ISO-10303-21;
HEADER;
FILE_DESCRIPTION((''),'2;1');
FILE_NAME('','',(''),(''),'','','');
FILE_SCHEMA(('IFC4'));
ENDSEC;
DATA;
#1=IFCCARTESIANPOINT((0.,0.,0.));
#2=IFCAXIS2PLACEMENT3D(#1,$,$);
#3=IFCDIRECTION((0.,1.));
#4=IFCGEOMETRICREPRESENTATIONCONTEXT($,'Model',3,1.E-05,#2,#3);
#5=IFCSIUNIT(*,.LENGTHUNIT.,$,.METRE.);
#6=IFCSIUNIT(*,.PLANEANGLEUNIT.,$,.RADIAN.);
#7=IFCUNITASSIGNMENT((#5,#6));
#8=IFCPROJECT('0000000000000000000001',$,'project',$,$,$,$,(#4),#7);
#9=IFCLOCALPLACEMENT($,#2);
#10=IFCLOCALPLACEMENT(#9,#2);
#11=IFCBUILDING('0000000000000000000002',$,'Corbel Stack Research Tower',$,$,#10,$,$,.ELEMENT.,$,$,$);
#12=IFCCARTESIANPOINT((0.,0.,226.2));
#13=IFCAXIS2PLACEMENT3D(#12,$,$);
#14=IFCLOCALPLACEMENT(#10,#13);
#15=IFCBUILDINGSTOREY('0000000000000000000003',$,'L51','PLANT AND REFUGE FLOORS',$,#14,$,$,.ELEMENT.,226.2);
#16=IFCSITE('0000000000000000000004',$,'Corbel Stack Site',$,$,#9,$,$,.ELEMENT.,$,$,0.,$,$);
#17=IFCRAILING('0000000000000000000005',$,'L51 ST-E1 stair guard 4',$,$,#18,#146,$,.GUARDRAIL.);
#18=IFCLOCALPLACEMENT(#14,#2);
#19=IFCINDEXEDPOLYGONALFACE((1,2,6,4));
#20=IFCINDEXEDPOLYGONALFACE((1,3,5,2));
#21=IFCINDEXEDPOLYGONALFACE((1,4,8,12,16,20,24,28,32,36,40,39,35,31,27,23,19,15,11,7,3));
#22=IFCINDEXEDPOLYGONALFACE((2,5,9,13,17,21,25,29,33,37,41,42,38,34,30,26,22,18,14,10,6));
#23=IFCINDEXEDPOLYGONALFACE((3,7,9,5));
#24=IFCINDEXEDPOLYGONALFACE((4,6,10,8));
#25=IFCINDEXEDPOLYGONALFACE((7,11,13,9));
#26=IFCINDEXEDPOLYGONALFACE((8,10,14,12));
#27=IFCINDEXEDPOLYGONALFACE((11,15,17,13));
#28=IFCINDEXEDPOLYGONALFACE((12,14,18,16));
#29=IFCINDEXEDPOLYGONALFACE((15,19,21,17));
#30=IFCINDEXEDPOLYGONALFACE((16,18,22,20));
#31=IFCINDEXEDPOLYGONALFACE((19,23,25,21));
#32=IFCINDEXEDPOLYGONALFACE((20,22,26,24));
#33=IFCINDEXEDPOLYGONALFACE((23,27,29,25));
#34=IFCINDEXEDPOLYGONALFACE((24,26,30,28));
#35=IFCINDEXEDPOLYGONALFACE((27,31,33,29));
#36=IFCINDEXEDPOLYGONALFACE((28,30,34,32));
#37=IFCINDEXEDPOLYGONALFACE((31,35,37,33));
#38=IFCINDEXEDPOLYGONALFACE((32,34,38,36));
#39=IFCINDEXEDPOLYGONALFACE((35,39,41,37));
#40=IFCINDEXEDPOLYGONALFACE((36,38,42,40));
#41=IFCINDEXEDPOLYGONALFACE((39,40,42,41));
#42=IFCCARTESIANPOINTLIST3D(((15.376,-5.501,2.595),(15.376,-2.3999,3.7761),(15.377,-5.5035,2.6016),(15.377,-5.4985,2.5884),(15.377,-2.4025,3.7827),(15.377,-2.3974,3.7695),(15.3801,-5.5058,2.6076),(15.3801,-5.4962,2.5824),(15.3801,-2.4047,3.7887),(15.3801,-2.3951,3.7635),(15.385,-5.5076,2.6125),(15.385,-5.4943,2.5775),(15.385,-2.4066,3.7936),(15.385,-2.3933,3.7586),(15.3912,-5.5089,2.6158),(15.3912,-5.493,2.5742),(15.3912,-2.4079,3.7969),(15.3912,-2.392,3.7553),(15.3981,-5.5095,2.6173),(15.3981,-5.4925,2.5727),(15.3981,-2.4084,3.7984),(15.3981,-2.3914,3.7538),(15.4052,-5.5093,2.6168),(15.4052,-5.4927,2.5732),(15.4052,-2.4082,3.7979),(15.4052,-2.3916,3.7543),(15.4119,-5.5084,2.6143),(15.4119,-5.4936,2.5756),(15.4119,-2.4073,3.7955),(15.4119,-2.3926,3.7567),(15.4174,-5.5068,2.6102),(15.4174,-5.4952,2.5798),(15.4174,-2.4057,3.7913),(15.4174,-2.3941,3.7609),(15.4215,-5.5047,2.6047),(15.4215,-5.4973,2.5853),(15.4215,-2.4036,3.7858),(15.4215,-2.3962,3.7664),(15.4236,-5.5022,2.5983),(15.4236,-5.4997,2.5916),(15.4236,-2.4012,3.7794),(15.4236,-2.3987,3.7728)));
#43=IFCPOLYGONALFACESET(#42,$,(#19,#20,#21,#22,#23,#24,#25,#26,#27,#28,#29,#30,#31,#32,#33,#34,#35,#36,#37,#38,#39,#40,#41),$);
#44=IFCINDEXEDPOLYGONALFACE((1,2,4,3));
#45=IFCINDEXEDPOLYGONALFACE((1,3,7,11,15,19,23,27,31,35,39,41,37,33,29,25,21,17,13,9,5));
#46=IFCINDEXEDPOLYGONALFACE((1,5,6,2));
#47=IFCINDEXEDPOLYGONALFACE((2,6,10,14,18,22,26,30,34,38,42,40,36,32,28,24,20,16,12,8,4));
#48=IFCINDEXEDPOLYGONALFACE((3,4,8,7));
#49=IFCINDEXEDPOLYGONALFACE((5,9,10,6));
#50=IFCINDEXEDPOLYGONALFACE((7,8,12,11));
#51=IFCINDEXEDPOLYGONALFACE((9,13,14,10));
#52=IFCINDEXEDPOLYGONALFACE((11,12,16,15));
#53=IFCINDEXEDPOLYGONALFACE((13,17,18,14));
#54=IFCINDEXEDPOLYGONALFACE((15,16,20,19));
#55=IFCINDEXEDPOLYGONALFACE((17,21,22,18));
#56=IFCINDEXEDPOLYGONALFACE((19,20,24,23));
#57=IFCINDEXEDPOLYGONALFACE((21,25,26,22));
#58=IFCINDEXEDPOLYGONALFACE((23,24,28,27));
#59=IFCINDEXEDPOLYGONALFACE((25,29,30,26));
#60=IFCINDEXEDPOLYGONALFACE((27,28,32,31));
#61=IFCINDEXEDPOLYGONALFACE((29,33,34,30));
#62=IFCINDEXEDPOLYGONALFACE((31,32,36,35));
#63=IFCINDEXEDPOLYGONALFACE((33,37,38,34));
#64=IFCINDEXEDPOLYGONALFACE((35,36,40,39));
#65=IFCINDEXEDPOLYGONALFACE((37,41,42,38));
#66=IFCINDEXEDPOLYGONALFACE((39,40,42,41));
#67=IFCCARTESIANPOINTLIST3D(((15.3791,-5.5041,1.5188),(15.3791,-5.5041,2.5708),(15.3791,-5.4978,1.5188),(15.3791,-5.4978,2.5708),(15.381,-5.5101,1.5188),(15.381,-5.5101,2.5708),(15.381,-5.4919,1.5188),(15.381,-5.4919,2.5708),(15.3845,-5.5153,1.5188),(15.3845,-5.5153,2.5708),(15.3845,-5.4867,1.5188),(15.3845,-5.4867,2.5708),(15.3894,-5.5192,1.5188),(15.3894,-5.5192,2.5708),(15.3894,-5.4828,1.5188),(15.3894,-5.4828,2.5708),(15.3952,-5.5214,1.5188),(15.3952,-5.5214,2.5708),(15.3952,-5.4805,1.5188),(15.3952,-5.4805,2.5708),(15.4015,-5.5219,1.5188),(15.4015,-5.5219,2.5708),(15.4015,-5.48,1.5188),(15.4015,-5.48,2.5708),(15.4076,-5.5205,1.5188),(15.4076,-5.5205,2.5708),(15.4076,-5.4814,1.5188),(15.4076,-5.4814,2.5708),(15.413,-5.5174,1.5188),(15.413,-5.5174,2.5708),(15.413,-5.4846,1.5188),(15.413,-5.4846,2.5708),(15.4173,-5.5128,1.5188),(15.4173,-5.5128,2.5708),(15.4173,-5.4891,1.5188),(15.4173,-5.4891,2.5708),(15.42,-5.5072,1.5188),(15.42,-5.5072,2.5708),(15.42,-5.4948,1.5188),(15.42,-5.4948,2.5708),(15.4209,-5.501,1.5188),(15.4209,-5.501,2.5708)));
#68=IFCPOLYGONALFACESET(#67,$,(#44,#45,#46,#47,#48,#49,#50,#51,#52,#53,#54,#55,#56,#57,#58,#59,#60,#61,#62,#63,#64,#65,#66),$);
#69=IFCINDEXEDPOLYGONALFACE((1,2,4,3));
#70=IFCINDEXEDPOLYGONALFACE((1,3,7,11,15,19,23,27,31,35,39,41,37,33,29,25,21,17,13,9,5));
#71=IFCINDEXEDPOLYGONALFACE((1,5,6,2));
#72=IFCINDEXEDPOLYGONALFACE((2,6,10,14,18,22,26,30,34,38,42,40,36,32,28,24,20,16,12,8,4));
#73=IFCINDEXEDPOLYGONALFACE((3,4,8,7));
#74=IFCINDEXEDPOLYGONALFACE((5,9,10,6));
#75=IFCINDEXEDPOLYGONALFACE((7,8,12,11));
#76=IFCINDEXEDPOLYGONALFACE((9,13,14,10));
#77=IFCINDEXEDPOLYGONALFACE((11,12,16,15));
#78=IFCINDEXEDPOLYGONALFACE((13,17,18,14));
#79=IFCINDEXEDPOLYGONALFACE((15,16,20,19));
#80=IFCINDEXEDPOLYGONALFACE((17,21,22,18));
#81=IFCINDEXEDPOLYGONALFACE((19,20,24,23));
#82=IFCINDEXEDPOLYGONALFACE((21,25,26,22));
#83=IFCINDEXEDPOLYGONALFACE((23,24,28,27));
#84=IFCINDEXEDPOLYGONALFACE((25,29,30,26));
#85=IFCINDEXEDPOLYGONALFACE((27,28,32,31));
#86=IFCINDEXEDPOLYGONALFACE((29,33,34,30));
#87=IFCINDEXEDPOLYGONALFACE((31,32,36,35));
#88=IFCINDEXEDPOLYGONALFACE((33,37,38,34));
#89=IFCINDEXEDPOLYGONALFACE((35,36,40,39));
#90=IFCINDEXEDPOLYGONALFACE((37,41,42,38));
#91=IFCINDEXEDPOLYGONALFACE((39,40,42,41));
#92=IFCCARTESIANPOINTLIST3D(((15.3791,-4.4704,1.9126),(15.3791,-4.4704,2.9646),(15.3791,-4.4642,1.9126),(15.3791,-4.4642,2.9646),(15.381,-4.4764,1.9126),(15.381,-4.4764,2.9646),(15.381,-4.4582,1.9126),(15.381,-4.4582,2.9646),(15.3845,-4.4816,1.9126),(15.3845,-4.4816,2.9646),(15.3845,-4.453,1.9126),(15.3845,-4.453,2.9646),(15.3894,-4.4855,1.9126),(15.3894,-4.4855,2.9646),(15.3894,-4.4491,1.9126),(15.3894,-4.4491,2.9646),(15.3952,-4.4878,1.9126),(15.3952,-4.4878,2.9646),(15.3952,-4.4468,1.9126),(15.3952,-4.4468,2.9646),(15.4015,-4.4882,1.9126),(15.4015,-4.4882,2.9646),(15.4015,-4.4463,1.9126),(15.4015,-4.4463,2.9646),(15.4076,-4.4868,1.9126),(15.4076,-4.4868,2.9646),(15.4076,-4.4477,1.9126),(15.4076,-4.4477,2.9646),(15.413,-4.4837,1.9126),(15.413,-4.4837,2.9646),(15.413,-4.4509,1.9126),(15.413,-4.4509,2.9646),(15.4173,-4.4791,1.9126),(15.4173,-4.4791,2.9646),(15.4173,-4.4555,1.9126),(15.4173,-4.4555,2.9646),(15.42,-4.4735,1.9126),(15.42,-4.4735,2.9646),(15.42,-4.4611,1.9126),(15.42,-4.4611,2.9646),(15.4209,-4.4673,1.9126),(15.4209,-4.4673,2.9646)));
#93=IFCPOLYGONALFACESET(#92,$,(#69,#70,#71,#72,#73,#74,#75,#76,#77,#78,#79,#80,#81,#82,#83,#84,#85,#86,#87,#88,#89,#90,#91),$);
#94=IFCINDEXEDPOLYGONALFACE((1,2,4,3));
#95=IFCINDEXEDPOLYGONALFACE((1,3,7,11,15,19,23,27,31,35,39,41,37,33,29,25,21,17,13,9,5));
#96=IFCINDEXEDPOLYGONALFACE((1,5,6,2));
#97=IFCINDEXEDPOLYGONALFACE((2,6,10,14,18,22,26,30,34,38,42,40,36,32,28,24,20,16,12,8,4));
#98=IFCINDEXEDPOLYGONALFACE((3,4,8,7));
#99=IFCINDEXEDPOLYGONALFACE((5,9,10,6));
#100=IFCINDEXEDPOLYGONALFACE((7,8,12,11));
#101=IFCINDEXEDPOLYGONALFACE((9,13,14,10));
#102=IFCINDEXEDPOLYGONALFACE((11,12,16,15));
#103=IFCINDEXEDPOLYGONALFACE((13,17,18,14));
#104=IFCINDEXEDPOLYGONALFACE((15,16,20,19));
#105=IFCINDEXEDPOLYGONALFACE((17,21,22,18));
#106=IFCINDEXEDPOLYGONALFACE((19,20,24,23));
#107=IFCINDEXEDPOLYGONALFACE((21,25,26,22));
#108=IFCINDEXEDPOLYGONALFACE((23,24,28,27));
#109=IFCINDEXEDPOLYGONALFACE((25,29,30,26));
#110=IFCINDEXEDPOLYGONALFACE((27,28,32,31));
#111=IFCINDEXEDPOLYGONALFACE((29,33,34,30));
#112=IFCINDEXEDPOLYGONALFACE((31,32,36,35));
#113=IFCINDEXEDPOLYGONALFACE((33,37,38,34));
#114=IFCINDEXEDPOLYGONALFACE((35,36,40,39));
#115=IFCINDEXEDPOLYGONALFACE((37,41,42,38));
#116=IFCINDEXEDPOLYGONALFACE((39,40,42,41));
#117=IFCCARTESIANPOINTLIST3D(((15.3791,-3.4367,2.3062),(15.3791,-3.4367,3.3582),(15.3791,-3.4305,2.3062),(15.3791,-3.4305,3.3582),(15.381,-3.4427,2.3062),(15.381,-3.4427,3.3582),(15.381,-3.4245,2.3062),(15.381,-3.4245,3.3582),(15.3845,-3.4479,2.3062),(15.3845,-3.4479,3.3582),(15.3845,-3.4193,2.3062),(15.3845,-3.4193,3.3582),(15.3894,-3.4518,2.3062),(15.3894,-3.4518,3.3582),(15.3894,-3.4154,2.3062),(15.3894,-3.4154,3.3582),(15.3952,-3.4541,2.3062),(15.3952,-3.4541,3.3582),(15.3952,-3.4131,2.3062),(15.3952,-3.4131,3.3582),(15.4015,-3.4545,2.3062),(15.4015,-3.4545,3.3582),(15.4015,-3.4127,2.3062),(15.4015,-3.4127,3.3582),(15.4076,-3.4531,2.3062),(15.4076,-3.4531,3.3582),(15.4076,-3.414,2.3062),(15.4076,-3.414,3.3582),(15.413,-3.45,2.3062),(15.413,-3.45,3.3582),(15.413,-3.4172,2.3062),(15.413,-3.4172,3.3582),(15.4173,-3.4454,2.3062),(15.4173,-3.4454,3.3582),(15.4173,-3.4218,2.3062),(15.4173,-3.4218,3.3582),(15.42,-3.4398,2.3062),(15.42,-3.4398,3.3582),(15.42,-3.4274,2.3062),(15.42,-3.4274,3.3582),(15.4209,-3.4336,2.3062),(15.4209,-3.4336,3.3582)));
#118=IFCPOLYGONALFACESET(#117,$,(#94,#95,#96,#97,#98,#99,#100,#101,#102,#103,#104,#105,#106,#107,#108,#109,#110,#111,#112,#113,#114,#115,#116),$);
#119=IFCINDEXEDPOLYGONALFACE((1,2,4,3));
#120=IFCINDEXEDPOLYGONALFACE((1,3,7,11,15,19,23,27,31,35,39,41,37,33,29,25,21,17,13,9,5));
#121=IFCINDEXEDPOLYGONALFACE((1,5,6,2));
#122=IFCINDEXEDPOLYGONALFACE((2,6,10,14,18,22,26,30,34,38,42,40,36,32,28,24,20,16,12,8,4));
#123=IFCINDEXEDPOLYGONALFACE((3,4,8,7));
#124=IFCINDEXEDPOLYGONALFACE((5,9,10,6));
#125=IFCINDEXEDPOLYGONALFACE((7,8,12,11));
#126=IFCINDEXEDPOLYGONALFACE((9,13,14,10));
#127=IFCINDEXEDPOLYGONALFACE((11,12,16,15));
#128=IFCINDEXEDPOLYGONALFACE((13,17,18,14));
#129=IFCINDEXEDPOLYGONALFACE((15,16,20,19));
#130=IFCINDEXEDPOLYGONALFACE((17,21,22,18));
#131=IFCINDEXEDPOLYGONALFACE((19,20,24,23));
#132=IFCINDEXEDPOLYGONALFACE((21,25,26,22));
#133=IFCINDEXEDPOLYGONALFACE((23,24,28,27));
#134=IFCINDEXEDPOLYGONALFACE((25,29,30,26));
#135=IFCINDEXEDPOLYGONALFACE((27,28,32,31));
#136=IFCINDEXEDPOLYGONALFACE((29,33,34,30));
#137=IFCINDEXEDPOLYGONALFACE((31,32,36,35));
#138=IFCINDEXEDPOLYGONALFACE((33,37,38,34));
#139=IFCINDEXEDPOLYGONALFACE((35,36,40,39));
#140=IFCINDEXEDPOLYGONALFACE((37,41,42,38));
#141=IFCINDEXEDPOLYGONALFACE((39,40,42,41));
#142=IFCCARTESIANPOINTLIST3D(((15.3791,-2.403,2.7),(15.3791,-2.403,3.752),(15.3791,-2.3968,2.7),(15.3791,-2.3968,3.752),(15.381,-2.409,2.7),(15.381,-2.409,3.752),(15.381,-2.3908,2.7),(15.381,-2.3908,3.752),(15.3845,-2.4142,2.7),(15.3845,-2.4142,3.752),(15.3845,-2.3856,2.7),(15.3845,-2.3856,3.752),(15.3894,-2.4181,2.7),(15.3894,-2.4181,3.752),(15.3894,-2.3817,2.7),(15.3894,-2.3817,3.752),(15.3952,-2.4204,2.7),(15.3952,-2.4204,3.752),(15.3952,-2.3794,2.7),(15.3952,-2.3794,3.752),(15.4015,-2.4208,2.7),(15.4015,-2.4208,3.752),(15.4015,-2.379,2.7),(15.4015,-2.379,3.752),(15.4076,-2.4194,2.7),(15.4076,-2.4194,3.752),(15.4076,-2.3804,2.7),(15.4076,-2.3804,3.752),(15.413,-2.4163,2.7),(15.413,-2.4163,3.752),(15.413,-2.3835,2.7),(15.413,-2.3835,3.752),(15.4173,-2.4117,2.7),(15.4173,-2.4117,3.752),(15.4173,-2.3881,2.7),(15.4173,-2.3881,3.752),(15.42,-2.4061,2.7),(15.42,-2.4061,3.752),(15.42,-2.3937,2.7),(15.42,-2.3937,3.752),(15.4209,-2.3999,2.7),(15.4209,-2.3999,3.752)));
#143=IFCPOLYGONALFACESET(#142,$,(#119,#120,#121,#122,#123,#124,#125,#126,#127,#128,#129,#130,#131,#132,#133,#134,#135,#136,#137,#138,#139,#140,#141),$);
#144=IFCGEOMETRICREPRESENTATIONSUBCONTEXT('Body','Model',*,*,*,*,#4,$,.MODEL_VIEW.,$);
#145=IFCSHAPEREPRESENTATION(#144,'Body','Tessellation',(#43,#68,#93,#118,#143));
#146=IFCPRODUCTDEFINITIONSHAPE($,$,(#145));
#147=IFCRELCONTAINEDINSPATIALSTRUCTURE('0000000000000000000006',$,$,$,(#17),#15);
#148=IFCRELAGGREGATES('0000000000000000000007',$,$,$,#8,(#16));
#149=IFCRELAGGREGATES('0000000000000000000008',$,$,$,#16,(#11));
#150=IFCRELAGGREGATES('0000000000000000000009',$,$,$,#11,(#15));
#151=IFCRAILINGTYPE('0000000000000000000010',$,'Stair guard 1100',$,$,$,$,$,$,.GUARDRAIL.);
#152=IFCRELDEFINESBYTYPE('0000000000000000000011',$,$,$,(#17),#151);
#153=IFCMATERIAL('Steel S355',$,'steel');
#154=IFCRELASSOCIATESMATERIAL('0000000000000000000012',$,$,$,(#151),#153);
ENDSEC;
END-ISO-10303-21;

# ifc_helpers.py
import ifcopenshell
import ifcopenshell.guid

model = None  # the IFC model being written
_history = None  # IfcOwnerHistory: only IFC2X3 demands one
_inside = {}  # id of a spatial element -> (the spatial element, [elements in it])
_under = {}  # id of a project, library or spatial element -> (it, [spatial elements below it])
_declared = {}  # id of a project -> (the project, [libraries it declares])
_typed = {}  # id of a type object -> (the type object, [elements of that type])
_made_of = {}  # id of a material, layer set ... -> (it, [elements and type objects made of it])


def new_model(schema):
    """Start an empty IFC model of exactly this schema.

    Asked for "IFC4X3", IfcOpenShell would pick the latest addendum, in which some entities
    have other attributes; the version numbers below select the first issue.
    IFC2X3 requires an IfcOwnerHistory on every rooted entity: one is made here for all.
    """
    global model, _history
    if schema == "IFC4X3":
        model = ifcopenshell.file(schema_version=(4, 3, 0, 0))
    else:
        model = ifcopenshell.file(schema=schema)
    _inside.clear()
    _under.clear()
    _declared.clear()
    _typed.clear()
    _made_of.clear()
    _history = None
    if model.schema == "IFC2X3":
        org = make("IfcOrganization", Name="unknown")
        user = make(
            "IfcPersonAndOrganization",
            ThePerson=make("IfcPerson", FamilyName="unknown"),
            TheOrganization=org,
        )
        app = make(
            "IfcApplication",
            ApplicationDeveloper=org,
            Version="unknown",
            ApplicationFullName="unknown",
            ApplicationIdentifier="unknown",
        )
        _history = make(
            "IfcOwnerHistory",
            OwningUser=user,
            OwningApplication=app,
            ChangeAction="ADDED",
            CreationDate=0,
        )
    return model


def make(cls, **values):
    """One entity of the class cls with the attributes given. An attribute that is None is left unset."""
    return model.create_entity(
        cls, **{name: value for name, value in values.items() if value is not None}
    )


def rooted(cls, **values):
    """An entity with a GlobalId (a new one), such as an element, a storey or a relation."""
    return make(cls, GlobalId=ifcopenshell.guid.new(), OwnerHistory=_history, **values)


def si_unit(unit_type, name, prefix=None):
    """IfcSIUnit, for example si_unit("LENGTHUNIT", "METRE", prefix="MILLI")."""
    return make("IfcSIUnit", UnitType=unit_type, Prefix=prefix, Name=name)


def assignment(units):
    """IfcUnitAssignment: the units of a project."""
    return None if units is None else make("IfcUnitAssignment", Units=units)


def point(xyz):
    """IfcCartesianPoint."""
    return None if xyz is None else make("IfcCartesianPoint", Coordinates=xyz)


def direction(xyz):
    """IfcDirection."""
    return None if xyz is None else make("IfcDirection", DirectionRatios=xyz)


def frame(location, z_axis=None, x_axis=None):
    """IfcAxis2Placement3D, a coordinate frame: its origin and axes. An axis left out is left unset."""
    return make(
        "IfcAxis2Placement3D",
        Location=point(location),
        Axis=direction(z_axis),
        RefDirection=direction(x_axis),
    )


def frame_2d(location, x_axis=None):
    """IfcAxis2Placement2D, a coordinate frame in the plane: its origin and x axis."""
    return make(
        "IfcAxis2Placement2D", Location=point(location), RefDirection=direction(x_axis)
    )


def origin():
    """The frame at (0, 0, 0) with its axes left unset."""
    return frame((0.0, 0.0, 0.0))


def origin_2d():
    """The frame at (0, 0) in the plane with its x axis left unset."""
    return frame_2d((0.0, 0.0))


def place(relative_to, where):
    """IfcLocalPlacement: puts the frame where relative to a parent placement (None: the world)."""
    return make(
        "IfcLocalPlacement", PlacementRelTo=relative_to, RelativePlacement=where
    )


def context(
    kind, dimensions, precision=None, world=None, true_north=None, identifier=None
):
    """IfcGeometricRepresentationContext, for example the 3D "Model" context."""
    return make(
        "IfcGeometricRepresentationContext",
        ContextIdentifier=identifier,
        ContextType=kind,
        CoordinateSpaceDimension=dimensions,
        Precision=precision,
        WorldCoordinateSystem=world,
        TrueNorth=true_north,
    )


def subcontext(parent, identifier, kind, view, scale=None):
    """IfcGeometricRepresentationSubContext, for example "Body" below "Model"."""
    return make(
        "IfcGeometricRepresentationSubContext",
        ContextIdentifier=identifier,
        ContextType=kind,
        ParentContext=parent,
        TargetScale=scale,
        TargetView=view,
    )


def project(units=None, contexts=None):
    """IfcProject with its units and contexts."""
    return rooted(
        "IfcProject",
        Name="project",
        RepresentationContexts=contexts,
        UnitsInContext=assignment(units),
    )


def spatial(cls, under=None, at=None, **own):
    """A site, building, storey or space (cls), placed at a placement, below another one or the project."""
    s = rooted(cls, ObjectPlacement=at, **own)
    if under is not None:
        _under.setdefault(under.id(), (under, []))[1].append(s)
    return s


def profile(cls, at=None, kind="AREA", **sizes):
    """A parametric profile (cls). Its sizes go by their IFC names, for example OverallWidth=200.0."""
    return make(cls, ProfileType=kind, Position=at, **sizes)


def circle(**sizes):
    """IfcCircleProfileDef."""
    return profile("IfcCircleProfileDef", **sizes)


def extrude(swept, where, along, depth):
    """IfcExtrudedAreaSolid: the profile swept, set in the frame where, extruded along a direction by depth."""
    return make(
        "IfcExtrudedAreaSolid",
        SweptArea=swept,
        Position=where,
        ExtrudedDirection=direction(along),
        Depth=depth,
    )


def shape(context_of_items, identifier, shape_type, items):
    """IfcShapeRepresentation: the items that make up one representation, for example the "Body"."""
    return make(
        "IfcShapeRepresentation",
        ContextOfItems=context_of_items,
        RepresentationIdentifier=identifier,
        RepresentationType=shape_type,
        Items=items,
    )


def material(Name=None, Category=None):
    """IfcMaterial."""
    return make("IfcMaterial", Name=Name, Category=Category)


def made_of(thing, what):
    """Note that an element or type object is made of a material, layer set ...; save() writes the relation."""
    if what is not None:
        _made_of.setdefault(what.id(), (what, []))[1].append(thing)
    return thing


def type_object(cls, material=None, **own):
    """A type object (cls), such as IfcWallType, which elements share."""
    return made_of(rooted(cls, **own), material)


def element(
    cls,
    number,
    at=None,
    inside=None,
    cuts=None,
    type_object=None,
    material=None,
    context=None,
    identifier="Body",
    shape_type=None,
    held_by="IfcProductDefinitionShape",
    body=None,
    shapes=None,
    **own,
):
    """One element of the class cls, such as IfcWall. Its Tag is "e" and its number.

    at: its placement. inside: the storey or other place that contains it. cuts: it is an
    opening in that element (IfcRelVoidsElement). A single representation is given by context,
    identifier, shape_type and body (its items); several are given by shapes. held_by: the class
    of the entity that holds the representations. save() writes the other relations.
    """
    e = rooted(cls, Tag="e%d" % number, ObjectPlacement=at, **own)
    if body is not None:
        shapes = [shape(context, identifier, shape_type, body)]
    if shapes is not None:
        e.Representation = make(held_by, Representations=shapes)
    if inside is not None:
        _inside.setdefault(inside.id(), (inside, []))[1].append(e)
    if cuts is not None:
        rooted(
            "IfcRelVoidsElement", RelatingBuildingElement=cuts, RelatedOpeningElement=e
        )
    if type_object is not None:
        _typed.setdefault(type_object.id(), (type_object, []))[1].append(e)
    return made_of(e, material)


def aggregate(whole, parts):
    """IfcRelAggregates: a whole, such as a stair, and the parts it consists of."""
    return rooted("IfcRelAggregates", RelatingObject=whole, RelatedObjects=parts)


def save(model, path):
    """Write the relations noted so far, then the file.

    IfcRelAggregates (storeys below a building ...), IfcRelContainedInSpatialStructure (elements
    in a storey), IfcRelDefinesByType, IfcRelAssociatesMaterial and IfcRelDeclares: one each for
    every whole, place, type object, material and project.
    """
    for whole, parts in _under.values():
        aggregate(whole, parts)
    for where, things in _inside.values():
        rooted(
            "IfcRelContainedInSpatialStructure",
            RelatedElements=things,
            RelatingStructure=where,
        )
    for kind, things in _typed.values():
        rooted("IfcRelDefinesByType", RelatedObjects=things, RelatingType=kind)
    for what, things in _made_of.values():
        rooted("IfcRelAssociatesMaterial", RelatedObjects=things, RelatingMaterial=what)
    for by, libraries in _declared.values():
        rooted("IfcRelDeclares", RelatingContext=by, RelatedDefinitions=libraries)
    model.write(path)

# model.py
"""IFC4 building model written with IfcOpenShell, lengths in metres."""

from ifc_helpers import new_model, si_unit, direction, frame, origin, origin_2d, place, context, subcontext, project, spatial, circle, extrude, material, type_object, element, save


model = new_model("IFC4")

# Units and contexts
model_context = context("Model", 3, precision=1e-05, world=origin(), true_north=direction((0.0, 1.0)))
body_context = subcontext(model_context, "Body", "Model", "MODEL_VIEW")
ifc_project = project(units=[si_unit("LENGTHUNIT", "METRE"), si_unit("PLANEANGLEUNIT", "RADIAN")], contexts=[model_context])

# Site, building, storey
site_placement = place(None, origin())
site = spatial("IfcSite", under=ifc_project, at=site_placement, Name="Corbel Stack Site", CompositionType="ELEMENT", RefElevation=0.0)
building_placement = place(site_placement, origin())
building = spatial("IfcBuilding", under=site, at=building_placement, Name="Corbel Stack Research Tower", CompositionType="ELEMENT")
storey_placement = place(building_placement, frame((0.0, 0.0, 226.2)))
storey = spatial("IfcBuildingStorey", under=building, at=storey_placement, Name="L51", Description="PLANT AND REFUGE FLOORS", CompositionType="ELEMENT", Elevation=226.2)

# Railing
ifc_material_1 = material(Name="Steel S355", Category="steel")
railing_type_1 = type_object("IfcRailingType", Name="Stair guard 1100", PredefinedType="GUARDRAIL", material=ifc_material_1)
railing_1_placement = place(storey_placement, frame((15.3999, -5.501, 1.5188)))
element("IfcRailing", 1, at=railing_1_placement, inside=storey, type_object=railing_type_1, Name="L51 ST-E1 stair guard 4", PredefinedType="GUARDRAIL", context=body_context, shape_type="SweptSolid", body=[
    extrude(circle(Radius=0.0239, at=origin_2d()), frame((0.0, 0.0, 1.0762), z_axis=(0.0, 0.934509, 0.35594), x_axis=(-1.0, 0.0, 0.0)), (0.0, 0.0, 1.0), 3.3184),
    extrude(circle(Radius=0.021, at=origin_2d()), origin(), (0.0, 0.0, 1.0), 1.052),
    extrude(circle(Radius=0.021, at=origin_2d()), frame((0.0, 1.0337, 0.3938)), (0.0, 0.0, 1.0), 1.052),
    extrude(circle(Radius=0.021, at=origin_2d()), frame((0.0, 2.0674, 0.7874)), (0.0, 0.0, 1.0), 1.052),
    extrude(circle(Radius=0.021, at=origin_2d()), frame((0.0, 3.1011, 1.1812)), (0.0, 0.0, 1.0), 1.052),
])

save(model, "model.ifc")
